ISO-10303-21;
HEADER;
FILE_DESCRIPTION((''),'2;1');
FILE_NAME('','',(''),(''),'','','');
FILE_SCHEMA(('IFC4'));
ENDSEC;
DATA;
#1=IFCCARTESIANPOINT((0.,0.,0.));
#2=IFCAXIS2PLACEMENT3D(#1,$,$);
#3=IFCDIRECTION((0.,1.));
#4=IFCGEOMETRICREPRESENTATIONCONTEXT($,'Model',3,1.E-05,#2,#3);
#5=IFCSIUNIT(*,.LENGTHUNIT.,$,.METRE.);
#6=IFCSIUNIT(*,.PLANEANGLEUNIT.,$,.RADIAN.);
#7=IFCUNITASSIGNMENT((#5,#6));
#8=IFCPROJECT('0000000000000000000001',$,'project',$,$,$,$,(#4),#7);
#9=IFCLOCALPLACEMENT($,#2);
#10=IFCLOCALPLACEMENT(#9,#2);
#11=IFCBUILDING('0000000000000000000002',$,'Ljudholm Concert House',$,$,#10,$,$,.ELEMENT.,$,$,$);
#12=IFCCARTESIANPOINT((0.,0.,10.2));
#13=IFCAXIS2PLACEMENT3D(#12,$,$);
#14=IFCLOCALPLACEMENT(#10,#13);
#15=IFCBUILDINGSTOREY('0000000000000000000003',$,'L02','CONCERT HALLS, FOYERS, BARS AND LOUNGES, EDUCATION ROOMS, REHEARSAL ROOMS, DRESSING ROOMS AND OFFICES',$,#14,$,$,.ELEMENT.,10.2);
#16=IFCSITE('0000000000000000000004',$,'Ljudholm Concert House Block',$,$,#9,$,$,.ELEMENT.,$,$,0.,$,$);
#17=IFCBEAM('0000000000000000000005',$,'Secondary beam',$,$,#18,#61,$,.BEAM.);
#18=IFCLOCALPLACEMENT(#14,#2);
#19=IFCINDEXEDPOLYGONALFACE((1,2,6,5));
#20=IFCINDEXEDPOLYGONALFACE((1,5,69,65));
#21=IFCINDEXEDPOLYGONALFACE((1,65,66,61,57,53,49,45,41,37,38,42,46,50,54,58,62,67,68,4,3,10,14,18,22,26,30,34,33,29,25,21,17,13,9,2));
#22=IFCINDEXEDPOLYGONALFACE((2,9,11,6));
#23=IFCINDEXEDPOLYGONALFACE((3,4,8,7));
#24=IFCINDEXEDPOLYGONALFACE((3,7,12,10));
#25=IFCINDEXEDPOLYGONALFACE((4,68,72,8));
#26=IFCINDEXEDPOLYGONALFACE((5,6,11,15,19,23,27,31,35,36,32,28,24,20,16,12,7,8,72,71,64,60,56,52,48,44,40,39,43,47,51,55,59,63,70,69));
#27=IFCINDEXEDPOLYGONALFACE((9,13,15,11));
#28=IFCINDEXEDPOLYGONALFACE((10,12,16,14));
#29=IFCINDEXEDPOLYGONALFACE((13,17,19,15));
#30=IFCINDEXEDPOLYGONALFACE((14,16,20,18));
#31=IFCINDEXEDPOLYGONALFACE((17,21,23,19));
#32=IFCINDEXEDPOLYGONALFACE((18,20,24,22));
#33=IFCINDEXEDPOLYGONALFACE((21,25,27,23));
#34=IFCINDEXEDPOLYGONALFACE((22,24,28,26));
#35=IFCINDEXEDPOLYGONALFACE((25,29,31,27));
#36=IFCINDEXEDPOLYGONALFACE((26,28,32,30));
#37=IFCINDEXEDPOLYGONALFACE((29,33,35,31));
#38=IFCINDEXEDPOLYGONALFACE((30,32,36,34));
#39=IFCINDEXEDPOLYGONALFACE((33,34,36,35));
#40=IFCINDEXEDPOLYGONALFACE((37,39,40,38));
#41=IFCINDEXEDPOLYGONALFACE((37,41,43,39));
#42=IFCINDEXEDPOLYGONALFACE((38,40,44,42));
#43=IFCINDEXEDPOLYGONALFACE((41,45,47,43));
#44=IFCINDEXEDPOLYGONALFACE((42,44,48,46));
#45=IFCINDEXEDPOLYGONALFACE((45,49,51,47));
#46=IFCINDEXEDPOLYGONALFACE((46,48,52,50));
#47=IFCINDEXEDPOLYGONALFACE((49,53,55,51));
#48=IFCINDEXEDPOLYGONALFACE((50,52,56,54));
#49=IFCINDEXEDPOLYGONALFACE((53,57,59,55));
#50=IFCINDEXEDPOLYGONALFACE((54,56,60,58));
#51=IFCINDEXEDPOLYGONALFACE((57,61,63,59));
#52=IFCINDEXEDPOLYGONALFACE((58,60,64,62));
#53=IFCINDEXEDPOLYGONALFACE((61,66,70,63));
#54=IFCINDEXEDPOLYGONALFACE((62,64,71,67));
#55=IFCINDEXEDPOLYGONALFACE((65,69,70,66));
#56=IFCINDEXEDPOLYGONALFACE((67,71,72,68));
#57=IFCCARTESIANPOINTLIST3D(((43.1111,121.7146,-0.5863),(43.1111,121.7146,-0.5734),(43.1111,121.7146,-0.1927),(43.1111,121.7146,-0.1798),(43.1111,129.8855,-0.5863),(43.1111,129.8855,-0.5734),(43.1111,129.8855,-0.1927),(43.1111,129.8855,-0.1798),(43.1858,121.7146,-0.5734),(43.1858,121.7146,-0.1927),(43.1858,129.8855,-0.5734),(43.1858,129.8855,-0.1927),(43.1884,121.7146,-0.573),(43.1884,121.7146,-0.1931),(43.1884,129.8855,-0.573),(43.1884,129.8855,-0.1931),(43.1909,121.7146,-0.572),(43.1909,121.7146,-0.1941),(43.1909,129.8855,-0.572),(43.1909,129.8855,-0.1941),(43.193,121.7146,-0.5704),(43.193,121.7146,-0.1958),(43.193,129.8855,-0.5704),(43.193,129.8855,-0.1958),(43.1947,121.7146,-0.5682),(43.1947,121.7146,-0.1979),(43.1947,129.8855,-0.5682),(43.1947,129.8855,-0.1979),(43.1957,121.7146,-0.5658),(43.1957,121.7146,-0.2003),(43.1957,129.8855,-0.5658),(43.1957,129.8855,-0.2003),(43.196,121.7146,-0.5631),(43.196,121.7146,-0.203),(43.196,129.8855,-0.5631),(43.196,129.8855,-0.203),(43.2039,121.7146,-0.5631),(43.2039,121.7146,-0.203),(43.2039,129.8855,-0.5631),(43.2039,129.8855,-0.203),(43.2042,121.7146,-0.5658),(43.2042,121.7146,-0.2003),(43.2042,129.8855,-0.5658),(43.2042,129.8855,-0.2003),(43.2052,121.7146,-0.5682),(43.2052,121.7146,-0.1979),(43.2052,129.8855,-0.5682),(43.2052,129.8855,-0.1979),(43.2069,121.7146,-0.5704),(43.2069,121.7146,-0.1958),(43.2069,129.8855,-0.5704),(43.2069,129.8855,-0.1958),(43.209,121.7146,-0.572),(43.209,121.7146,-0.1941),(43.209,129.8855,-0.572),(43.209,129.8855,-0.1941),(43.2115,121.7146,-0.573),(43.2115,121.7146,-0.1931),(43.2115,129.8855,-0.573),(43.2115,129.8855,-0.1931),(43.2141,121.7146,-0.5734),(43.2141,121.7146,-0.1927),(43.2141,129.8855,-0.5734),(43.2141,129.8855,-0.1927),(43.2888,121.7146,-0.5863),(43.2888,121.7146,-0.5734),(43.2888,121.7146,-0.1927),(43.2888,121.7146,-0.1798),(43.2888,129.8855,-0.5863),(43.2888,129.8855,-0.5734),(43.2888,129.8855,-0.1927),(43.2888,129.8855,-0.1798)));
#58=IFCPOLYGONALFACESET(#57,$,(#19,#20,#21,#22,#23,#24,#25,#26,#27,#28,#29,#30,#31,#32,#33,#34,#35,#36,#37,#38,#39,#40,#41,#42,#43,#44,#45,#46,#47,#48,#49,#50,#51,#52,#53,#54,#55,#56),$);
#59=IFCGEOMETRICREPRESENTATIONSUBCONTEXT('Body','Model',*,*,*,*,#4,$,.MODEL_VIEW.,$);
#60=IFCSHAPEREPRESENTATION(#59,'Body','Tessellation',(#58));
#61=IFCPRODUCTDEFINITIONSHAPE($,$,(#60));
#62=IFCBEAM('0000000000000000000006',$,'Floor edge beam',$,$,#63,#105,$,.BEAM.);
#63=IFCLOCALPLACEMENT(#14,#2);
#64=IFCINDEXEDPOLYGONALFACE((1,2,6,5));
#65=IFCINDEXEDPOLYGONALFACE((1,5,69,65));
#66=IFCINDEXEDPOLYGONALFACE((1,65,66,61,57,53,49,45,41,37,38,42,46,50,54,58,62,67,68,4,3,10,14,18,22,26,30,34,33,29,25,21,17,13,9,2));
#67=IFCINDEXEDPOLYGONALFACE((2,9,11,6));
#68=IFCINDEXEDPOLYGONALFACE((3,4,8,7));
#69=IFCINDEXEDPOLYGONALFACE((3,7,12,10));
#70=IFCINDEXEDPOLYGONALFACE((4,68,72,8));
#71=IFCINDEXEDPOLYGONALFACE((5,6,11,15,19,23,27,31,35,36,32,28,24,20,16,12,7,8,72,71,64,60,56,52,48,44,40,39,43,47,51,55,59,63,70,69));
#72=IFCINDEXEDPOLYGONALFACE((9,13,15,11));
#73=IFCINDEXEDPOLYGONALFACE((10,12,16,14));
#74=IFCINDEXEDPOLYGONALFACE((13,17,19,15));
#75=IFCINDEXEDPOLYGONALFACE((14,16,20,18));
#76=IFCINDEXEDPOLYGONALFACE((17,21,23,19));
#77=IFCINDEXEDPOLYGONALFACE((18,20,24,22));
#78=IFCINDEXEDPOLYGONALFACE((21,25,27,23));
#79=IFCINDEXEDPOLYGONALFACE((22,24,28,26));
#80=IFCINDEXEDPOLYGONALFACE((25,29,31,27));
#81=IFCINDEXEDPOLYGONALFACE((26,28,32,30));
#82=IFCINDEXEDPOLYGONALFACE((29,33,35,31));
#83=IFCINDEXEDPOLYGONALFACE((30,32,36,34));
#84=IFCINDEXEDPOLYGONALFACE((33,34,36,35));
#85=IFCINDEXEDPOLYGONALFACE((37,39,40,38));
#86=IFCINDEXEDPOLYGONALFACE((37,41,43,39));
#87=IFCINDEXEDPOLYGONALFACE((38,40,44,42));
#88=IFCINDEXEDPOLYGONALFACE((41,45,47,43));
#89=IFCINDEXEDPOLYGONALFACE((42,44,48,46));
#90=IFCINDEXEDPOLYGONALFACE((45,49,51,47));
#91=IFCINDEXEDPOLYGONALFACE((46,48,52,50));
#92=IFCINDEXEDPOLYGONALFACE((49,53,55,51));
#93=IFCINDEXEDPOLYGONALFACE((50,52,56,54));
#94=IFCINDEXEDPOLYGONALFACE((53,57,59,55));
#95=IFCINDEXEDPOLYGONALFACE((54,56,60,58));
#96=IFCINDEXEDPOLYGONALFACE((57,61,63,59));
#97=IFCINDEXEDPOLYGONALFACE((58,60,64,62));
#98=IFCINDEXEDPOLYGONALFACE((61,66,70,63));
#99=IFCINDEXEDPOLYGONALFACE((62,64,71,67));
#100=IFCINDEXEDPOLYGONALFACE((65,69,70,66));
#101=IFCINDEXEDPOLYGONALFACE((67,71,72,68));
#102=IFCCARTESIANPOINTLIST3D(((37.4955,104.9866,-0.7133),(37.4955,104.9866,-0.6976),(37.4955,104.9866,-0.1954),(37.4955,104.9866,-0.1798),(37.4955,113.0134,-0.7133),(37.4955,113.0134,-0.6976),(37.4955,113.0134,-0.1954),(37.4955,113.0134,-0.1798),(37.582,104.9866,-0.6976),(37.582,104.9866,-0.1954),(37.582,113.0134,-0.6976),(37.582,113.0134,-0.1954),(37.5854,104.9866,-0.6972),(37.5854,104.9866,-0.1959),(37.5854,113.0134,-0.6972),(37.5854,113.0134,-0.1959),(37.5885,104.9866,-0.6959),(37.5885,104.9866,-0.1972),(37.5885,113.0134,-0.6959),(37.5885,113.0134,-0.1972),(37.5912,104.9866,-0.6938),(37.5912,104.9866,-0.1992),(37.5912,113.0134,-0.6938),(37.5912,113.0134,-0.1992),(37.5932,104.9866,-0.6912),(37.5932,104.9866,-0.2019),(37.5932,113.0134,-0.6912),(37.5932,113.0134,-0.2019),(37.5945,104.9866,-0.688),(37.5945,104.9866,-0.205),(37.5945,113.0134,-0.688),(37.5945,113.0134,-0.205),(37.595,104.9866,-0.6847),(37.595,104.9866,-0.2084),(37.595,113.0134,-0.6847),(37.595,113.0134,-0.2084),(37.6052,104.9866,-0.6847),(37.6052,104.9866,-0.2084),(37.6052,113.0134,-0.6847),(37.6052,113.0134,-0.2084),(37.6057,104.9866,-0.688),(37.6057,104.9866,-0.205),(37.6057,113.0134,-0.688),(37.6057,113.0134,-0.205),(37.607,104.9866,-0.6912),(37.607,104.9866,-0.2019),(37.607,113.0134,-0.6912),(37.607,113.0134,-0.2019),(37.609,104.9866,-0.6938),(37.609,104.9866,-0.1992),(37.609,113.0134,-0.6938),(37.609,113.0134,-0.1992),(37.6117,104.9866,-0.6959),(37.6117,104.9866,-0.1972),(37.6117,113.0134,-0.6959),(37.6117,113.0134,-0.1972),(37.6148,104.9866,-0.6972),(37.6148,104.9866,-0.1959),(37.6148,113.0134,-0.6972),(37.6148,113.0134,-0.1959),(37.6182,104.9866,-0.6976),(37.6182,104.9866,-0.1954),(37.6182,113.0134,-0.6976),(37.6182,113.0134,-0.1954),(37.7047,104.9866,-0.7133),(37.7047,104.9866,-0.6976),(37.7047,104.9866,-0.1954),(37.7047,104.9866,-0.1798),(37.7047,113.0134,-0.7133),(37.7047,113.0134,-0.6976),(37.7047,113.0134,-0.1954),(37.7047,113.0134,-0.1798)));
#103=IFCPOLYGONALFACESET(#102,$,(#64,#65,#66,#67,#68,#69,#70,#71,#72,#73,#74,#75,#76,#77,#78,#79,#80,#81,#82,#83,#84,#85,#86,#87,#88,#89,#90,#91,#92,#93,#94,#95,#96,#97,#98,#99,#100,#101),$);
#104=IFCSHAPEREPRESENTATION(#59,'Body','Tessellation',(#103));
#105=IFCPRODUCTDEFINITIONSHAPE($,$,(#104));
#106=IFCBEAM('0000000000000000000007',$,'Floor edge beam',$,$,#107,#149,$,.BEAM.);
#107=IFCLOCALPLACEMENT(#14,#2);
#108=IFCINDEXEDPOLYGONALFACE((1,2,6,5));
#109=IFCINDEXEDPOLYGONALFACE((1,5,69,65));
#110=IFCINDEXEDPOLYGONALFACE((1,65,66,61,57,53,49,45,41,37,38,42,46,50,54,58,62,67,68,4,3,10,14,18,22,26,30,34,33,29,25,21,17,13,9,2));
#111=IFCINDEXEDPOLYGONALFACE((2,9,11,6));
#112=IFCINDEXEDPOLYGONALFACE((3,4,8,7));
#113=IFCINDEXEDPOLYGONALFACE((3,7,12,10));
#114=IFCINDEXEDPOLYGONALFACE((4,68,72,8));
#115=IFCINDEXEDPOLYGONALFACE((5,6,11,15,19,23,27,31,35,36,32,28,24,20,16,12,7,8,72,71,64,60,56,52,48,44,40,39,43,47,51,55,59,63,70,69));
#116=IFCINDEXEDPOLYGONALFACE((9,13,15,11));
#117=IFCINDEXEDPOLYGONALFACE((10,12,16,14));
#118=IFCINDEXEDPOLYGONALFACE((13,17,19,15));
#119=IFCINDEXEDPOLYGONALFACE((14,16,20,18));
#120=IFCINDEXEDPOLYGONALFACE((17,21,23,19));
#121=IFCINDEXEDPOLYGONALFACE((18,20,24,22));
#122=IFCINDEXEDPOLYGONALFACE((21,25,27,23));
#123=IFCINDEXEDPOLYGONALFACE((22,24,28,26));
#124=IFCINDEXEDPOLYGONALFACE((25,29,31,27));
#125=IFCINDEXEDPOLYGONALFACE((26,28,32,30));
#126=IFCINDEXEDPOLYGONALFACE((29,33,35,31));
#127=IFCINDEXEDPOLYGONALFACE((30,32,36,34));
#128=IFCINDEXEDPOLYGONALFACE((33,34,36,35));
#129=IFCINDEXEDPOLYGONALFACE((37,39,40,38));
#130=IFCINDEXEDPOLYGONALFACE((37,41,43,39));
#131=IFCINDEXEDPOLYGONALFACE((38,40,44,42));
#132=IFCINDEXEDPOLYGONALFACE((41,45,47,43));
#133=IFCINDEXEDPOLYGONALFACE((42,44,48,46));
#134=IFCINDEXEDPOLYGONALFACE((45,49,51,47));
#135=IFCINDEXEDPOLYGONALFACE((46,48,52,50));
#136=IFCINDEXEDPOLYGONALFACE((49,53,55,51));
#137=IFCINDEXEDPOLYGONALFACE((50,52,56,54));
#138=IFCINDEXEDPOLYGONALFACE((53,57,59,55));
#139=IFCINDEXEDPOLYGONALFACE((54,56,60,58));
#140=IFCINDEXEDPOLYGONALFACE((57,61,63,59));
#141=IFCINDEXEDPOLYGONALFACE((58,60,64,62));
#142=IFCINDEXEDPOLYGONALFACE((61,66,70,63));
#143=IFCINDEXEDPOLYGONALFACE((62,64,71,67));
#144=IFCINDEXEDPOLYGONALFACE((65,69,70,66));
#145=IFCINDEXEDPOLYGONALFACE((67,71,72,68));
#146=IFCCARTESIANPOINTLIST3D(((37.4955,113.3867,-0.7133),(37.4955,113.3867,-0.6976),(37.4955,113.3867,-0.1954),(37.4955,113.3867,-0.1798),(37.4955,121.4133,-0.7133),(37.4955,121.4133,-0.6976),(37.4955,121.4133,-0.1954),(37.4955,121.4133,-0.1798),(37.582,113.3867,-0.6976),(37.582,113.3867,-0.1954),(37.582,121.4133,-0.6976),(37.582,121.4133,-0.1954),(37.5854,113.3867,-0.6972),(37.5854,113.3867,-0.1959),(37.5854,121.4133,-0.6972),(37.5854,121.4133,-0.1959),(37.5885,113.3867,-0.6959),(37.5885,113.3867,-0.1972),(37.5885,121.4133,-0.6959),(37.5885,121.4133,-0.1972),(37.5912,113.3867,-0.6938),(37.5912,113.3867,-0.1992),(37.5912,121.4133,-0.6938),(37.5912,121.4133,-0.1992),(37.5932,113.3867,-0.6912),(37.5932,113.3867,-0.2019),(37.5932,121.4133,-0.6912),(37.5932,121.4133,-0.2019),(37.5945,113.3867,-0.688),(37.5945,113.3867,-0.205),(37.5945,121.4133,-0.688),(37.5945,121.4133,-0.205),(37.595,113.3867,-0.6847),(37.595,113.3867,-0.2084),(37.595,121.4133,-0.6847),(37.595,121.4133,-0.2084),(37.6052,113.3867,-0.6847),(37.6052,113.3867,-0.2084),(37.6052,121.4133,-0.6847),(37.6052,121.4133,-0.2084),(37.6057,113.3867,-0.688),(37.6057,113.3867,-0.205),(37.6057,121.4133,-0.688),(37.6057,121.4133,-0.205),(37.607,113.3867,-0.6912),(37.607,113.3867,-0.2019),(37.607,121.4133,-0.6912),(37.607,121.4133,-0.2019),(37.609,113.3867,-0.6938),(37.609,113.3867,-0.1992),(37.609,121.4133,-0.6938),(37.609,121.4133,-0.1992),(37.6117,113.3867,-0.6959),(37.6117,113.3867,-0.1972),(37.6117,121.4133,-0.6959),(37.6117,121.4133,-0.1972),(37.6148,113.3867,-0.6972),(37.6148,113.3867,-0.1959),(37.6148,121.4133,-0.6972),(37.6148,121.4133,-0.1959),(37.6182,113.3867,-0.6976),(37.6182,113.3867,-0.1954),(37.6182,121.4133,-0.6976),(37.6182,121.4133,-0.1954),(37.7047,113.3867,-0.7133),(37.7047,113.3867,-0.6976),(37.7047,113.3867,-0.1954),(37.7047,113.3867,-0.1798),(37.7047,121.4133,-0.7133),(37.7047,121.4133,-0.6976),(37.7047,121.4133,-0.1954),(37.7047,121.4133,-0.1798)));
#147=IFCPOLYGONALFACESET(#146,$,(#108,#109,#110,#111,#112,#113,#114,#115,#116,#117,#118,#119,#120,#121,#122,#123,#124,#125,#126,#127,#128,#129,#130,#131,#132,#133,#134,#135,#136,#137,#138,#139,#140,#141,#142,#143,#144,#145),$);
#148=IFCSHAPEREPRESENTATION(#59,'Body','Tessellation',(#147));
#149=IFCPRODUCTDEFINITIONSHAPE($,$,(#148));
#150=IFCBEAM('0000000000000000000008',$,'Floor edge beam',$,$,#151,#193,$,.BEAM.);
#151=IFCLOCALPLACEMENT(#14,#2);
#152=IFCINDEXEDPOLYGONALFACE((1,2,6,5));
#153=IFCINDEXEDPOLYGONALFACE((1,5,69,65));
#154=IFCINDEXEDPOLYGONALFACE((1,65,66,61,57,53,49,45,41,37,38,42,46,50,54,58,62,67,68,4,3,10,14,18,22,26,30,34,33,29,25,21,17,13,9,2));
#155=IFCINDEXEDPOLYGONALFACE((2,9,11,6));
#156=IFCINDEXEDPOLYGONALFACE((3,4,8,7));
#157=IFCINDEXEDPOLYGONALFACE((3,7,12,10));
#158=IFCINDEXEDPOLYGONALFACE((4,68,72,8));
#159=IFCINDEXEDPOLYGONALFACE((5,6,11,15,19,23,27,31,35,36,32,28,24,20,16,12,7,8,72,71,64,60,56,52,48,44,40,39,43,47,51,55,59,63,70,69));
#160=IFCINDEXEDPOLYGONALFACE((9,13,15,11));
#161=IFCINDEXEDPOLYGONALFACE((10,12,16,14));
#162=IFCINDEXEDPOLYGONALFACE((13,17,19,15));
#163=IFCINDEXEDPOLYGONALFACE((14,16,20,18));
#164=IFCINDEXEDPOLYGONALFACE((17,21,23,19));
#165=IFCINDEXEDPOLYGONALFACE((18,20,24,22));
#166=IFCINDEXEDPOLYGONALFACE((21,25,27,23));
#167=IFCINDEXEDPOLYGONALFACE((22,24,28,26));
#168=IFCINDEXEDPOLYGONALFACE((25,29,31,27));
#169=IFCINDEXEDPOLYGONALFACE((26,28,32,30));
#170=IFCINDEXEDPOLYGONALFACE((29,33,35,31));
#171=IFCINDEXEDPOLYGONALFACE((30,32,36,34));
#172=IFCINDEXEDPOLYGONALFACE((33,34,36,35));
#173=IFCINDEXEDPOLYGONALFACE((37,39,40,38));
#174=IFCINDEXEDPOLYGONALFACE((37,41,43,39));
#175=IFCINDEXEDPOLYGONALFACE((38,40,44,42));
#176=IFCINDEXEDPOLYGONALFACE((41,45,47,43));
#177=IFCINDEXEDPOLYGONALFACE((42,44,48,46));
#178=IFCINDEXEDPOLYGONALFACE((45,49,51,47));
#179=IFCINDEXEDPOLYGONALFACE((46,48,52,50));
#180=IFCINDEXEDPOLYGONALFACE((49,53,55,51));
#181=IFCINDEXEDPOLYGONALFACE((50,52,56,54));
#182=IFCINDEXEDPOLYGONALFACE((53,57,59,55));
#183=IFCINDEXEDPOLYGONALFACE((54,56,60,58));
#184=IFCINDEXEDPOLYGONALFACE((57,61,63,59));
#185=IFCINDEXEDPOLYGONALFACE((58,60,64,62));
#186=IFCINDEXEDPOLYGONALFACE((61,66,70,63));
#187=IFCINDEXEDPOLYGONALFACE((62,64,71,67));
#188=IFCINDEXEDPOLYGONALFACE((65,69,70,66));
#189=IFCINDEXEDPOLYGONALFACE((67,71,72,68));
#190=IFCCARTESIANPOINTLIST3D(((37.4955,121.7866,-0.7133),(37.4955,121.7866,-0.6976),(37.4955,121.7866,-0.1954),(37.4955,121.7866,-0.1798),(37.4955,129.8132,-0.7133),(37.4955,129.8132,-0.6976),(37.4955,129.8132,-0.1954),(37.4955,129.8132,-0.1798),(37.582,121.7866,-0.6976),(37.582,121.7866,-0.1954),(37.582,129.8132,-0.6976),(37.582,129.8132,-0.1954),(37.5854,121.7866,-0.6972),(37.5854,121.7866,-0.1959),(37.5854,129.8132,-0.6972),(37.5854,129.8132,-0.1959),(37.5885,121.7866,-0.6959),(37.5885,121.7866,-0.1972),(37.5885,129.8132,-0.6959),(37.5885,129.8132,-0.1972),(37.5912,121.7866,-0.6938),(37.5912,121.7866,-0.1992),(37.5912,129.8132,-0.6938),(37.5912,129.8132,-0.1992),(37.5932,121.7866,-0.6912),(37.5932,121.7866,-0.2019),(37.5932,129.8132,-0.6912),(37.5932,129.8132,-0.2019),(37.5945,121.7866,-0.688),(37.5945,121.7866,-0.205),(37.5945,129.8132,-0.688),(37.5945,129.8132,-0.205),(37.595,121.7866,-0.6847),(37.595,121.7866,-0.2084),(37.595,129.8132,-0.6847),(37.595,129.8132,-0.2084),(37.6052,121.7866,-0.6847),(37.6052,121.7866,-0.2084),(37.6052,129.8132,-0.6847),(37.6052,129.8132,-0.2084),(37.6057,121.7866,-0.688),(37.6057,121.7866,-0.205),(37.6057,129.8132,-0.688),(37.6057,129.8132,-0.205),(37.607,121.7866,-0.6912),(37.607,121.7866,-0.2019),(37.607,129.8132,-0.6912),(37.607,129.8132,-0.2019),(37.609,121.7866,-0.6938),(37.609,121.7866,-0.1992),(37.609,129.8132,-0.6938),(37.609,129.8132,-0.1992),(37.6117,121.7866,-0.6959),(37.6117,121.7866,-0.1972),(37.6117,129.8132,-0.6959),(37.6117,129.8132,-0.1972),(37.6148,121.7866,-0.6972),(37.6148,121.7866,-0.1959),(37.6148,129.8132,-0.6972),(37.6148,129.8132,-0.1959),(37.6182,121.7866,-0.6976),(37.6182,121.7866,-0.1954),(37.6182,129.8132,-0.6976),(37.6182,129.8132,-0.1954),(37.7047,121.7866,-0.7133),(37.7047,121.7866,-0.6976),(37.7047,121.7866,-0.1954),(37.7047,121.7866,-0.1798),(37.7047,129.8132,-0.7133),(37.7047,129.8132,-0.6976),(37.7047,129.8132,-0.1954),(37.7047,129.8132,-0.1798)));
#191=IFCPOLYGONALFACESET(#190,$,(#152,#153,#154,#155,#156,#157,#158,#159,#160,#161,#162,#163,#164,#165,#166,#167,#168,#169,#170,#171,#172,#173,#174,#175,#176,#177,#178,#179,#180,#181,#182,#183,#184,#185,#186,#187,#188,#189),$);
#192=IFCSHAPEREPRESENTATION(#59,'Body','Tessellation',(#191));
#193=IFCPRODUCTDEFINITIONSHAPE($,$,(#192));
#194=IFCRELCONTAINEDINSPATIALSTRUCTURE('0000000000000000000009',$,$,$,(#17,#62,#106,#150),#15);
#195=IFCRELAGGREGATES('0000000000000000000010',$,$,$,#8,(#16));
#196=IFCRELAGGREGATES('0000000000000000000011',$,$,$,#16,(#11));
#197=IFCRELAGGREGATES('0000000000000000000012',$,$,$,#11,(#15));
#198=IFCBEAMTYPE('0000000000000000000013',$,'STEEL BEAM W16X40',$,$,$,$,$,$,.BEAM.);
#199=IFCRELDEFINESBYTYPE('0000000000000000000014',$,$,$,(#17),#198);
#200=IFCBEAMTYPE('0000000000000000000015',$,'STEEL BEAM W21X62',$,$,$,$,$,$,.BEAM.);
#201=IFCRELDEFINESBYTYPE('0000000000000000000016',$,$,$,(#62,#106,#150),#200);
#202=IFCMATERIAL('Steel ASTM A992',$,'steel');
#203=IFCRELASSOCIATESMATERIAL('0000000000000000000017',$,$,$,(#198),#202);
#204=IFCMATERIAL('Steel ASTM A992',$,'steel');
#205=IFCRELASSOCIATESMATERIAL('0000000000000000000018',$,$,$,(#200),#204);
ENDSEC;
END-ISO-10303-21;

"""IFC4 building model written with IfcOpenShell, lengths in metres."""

from ifc_helpers import new_model, si_unit, direction, frame, origin, origin_2d, place, context, subcontext, project, spatial, i_section, extrude, material, material_profile, profile_set, type_object, element, save


model = new_model("IFC4")

# Units and contexts
model_context = context("Model", 3, precision=1e-05, world=origin(), true_north=direction((0.0, 1.0)))
body_context = subcontext(model_context, "Body", "Model", "MODEL_VIEW")
ifc_project = project(units=[si_unit("LENGTHUNIT", "METRE"), si_unit("PLANEANGLEUNIT", "RADIAN")], contexts=[model_context])

# Site, building, storey
site_placement = place(None, origin())
site = spatial("IfcSite", under=ifc_project, at=site_placement, Name="Ljudholm Concert House Block", CompositionType="ELEMENT", RefElevation=0.0)
building_placement = place(site_placement, origin())
building = spatial("IfcBuilding", under=site, at=building_placement, Name="Ljudholm Concert House", CompositionType="ELEMENT")
storey_placement = place(building_placement, frame((0.0, 0.0, 10.2)))
storey = spatial("IfcBuildingStorey", under=building, at=storey_placement, Name="L02", Description="CONCERT HALLS, FOYERS, BARS AND LOUNGES, EDUCATION ROOMS, REHEARSAL ROOMS, DRESSING ROOMS AND OFFICES", CompositionType="ELEMENT", Elevation=10.2)

# Beams
ifc_material_1 = material(Name="Steel ASTM A992", Category="steel")
ifc_material_profile_1 = material_profile(ifc_material_1, i_section(OverallWidth=0.1777, OverallDepth=0.4065, WebThickness=0.0078, FlangeThickness=0.0129, FilletRadius=0.0103, at=origin_2d()), Name="W16X40")
ifc_profile_set_1 = profile_set([ifc_material_profile_1], Name="Steel ASTM A992")
beam_type_1 = type_object("IfcBeamType", Name="STEEL BEAM W16X40", PredefinedType="BEAM", material=ifc_profile_set_1)
for number, where, z_axis, x_axis, name in (
    (1, (43.2, 121.7146, -0.3831), (0.0, 1.0, 0.0), (-1.0, 0.0, 0.0), "Secondary beam"),
):
    element("IfcBeam", number, at=place(storey_placement, frame(where, z_axis=z_axis, x_axis=x_axis)), inside=storey, type_object=beam_type_1, Name=name, PredefinedType="BEAM", context=body_context, shape_type="SweptSolid", body=[
        extrude(i_section(OverallWidth=0.1777, OverallDepth=0.4065, WebThickness=0.0078, FlangeThickness=0.0129, FilletRadius=0.0103, at=origin_2d()), origin(), (0.0, 0.0, 1.0), 8.1709),
    ])
ifc_material_2 = material(Name="Steel ASTM A992", Category="steel")
ifc_material_profile_2 = material_profile(ifc_material_2, i_section(OverallWidth=0.2092, OverallDepth=0.5334, WebThickness=0.0103, FlangeThickness=0.0156, FilletRadius=0.0129, at=origin_2d()), Name="W21X62")
ifc_profile_set_2 = profile_set([ifc_material_profile_2], Name="Steel ASTM A992")
beam_type_2 = type_object("IfcBeamType", Name="STEEL BEAM W21X62", PredefinedType="BEAM", material=ifc_profile_set_2)
beam_1_placement = place(storey_placement, frame((37.6001, 104.9866, -0.4465), z_axis=(0.0, 1.0, 0.0), x_axis=(-1.0, 0.0, 0.0)))
element("IfcBeam", 2, at=beam_1_placement, inside=storey, type_object=beam_type_2, Name="Floor edge beam", PredefinedType="BEAM", context=body_context, shape_type="SweptSolid", body=[
    extrude(i_section(OverallWidth=0.2092, OverallDepth=0.5334, WebThickness=0.0103, FlangeThickness=0.0156, FilletRadius=0.0129, at=origin_2d()), origin(), (0.0, 0.0, 1.0), 8.0269),
])
for number, where, z_axis, x_axis, name in (
    (3, (37.6001, 113.3867, -0.4465), (0.0, 1.0, 0.0), (-1.0, 0.0, 0.0), "Floor edge beam"),
    (4, (37.6001, 121.7866, -0.4465), (0.0, 1.0, 0.0), (-1.0, 0.0, 0.0), "Floor edge beam"),
):
    element("IfcBeam", number, at=place(storey_placement, frame(where, z_axis=z_axis, x_axis=x_axis)), inside=storey, type_object=beam_type_2, Name=name, PredefinedType="BEAM", context=body_context, shape_type="SweptSolid", body=[
        extrude(i_section(OverallWidth=0.2092, OverallDepth=0.5334, WebThickness=0.0103, FlangeThickness=0.0156, FilletRadius=0.0129, at=origin_2d()), origin(), (0.0, 0.0, 1.0), 8.0266),
    ])

save(model, "model.ifc")
